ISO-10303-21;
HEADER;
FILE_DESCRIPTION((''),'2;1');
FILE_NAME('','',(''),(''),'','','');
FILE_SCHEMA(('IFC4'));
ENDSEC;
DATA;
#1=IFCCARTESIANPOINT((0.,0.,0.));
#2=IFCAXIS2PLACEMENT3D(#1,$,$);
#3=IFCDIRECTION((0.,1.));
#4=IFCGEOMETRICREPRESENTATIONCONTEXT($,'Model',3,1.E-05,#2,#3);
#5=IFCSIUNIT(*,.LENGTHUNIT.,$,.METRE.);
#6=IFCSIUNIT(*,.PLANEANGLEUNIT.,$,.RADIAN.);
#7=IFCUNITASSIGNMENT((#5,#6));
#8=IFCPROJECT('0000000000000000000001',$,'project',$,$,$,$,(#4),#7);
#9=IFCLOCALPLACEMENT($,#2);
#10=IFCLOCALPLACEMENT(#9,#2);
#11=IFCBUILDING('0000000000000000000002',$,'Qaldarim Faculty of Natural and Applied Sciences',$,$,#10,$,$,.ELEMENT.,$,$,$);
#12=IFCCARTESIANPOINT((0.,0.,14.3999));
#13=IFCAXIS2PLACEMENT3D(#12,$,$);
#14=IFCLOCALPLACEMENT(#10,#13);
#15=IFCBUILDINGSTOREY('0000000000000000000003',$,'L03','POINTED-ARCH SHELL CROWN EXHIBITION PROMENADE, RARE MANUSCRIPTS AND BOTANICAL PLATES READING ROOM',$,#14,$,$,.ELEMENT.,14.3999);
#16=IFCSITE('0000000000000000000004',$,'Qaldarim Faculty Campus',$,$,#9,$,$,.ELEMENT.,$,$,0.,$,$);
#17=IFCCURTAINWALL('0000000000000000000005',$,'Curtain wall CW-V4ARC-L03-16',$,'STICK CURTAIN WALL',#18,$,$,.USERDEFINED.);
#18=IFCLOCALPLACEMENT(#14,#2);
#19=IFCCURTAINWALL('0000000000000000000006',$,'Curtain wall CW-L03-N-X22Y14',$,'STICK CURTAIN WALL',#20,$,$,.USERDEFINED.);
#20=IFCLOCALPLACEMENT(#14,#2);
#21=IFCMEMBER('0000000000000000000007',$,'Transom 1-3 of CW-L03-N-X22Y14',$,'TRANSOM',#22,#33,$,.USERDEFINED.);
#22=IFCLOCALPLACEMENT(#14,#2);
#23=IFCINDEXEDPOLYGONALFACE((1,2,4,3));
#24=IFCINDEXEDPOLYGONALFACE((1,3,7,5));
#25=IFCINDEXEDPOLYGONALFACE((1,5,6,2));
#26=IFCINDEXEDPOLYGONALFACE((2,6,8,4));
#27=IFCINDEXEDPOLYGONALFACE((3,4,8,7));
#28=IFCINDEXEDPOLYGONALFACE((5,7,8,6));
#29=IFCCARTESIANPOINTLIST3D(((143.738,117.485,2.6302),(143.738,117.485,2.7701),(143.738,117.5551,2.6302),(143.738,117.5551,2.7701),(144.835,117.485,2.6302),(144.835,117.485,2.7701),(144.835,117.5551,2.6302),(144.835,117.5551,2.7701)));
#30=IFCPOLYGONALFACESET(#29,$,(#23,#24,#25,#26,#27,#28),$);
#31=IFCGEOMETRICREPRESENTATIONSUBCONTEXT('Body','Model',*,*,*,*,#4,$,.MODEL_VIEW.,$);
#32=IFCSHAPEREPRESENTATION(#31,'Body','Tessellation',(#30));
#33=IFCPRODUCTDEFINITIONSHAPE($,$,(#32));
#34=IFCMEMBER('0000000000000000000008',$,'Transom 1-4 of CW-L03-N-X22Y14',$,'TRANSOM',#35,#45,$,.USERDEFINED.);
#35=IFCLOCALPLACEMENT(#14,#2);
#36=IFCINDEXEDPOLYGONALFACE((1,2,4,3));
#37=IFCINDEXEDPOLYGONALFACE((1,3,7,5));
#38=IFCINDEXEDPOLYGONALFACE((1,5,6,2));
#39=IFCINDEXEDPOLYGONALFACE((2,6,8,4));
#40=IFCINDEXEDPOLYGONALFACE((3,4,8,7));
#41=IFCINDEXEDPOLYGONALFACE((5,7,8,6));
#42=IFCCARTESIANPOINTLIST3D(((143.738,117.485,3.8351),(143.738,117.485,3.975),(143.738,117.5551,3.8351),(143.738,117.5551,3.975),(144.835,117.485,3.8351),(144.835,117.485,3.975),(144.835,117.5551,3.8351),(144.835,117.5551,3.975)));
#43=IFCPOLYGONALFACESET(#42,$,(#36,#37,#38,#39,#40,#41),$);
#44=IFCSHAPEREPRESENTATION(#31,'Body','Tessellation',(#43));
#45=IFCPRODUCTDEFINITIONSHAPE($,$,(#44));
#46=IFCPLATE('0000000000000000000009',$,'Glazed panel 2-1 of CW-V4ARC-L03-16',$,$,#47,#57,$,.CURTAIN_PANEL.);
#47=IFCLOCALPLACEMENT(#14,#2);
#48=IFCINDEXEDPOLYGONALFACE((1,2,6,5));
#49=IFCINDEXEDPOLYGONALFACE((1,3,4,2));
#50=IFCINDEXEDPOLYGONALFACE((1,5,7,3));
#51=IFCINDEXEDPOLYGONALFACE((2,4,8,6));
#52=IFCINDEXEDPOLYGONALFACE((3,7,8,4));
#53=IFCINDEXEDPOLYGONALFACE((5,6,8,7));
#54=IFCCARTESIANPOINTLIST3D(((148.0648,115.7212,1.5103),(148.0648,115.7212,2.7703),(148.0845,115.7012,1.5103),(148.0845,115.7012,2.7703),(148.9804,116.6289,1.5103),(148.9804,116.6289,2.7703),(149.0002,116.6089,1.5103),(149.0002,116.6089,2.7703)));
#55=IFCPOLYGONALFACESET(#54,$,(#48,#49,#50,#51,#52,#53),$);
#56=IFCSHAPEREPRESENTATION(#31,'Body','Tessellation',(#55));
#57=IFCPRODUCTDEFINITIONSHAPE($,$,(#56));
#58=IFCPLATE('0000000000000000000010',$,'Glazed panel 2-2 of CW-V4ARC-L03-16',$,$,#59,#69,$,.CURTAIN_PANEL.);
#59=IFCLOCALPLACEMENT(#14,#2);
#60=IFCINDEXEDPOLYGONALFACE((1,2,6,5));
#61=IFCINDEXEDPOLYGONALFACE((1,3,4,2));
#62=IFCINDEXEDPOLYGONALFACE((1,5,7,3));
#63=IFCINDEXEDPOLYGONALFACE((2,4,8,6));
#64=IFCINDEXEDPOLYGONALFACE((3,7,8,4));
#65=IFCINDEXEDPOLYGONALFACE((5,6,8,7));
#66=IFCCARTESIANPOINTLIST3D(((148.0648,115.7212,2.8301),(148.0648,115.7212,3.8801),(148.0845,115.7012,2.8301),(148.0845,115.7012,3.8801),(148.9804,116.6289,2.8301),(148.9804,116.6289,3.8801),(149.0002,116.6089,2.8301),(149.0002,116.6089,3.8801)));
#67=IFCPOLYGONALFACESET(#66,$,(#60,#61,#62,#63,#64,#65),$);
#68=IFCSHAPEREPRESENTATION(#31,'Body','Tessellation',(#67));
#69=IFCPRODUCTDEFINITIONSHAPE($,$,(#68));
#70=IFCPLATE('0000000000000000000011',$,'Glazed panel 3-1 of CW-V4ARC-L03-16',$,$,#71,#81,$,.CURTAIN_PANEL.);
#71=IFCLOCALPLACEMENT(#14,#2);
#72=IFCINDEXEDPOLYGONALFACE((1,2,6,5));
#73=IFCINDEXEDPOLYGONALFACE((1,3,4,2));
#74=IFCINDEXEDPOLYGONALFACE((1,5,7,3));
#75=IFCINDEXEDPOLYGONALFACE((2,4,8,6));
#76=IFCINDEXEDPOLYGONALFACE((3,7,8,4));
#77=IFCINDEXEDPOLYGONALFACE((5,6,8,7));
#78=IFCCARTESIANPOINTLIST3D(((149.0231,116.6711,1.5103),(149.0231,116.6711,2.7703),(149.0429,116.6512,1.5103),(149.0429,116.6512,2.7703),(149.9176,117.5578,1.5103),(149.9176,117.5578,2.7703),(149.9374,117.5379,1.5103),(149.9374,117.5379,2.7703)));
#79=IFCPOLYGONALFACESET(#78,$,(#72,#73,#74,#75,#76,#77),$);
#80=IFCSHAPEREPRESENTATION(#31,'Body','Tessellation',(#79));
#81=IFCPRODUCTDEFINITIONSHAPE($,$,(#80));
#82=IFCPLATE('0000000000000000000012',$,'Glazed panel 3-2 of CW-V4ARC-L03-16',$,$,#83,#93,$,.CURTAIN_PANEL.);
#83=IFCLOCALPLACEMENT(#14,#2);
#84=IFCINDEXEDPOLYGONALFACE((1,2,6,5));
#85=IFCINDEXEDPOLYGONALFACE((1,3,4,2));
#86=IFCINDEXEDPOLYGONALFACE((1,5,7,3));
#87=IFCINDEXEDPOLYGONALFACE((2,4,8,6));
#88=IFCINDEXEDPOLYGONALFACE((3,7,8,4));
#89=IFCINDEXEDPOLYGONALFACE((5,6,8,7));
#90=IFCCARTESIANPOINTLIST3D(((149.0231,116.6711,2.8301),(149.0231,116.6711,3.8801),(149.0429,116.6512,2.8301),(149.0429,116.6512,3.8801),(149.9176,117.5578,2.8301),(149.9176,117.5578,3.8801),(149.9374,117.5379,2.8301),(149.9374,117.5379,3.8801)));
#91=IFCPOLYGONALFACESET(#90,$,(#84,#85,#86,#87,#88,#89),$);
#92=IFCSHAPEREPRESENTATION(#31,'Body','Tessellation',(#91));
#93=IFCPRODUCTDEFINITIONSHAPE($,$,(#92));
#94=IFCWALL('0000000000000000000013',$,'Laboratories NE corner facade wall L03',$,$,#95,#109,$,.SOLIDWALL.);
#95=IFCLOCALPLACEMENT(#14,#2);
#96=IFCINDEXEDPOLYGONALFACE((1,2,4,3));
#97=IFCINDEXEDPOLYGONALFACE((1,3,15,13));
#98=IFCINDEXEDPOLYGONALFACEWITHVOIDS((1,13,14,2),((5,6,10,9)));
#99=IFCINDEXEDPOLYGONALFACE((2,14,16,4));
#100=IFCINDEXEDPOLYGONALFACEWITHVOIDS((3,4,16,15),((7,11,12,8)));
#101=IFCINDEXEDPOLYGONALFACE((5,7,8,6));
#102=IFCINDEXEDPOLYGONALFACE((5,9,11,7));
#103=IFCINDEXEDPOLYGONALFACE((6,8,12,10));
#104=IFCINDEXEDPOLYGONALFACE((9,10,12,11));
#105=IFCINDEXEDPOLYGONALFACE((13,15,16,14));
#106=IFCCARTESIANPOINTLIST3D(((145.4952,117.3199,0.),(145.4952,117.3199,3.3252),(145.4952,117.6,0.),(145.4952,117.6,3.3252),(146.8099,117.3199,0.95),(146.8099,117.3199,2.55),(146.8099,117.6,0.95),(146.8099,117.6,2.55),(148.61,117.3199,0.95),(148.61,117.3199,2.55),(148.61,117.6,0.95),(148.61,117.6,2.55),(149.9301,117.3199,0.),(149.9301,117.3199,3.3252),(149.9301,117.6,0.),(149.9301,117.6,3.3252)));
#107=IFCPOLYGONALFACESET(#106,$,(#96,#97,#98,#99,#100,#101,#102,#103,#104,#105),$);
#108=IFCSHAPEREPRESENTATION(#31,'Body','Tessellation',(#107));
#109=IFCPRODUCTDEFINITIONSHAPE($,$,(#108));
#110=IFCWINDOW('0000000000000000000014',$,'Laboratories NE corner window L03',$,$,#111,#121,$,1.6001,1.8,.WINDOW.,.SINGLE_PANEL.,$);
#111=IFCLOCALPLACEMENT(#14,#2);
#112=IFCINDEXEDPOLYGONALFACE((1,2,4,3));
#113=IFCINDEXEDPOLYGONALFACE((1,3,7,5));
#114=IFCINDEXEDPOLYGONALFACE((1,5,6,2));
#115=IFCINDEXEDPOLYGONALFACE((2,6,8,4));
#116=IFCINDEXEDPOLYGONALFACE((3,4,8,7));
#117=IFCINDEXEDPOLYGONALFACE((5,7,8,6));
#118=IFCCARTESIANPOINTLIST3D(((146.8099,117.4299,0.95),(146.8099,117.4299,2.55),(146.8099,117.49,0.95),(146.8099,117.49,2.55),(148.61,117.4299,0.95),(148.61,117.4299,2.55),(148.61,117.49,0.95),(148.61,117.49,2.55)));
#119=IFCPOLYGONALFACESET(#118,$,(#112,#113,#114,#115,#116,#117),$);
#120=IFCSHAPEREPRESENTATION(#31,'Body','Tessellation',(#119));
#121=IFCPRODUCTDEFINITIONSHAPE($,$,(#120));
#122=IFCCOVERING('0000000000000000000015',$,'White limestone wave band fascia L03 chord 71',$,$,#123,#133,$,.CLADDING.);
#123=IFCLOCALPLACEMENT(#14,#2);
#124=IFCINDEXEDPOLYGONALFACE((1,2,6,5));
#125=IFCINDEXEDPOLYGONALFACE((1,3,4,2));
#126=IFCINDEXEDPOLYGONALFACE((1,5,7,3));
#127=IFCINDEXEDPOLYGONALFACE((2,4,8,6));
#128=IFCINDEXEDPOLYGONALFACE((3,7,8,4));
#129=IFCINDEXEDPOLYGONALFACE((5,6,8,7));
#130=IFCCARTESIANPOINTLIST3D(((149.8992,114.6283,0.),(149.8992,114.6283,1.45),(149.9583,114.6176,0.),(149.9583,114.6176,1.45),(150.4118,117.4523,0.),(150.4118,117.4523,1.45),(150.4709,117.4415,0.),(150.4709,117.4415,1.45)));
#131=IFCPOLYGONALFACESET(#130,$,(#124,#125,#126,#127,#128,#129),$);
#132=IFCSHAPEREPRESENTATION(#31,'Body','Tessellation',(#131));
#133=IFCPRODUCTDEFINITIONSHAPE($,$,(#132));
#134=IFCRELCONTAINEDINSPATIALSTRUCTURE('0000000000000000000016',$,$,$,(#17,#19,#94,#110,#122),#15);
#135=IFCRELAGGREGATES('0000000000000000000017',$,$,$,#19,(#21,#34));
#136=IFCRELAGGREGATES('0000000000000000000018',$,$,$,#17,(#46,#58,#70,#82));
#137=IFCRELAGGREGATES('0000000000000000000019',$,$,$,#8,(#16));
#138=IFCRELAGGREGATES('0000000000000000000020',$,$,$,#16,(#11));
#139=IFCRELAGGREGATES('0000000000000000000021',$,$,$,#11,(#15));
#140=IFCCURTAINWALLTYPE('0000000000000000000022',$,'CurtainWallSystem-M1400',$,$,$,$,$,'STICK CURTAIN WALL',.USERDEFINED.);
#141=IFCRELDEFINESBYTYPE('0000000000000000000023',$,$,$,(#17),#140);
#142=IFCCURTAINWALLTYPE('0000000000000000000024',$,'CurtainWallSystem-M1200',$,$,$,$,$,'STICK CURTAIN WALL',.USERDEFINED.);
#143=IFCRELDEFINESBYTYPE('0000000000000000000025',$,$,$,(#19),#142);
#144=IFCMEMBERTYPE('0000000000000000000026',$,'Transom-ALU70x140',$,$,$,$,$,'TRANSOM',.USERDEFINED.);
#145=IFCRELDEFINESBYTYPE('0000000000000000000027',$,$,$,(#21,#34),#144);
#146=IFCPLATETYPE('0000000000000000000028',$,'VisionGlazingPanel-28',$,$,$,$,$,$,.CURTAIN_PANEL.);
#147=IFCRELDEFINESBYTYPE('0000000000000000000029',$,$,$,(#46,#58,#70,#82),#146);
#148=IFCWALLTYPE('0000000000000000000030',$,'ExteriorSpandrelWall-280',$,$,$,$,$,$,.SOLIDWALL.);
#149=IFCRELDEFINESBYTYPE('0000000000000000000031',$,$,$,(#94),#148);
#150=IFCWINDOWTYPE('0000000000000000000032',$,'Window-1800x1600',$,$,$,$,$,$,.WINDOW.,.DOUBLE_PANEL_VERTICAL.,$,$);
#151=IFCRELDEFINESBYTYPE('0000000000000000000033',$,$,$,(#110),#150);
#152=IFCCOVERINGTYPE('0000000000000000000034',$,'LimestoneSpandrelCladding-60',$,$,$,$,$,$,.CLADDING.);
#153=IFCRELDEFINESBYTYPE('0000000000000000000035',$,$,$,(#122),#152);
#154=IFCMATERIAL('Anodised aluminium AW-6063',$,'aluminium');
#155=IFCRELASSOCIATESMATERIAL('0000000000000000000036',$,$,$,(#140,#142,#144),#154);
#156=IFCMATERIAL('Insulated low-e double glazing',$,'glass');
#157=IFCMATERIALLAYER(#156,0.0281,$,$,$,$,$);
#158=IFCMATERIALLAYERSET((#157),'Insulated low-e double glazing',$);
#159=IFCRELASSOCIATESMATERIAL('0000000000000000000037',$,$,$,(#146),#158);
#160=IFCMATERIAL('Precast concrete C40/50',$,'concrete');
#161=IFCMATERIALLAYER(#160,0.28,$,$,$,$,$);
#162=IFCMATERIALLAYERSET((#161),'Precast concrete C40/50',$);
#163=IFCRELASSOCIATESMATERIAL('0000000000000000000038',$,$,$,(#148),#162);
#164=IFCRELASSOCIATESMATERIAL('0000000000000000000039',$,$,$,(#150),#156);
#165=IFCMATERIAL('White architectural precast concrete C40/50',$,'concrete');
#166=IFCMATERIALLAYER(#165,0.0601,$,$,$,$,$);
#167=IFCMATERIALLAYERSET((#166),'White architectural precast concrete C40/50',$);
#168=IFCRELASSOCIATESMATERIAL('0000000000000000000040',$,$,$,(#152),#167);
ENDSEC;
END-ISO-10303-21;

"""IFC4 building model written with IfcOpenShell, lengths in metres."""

from ifc_helpers import new_model, si_unit, direction, frame, frame_2d, origin, origin_2d, place, context, subcontext, project, spatial, rectangle, extrude, material, layer, layer_set, material_profile, profile_set, type_object, element, fill, aggregate, save


model = new_model("IFC4")

# Units and contexts
model_context = context("Model", 3, precision=1e-05, world=origin(), true_north=direction((0.0, 1.0)))
body_context = subcontext(model_context, "Body", "Model", "MODEL_VIEW")
ifc_project = project(units=[si_unit("LENGTHUNIT", "METRE"), si_unit("PLANEANGLEUNIT", "RADIAN")], contexts=[model_context])

# Site, building, storey
site_placement = place(None, origin())
site = spatial("IfcSite", under=ifc_project, at=site_placement, Name="Qaldarim Faculty Campus", CompositionType="ELEMENT", RefElevation=0.0)
building_placement = place(site_placement, origin())
building = spatial("IfcBuilding", under=site, at=building_placement, Name="Qaldarim Faculty of Natural and Applied Sciences", CompositionType="ELEMENT")
storey_placement = place(building_placement, frame((0.0, 0.0, 14.3999)))
storey = spatial("IfcBuildingStorey", under=building, at=storey_placement, Name="L03", Description="POINTED-ARCH SHELL CROWN EXHIBITION PROMENADE, RARE MANUSCRIPTS AND BOTANICAL PLATES READING ROOM", CompositionType="ELEMENT", Elevation=14.3999)

# Curtain wall
ifc_material_1 = material(Name="Anodised aluminium AW-6063", Category="aluminium")
curtain_wall_type_1 = type_object("IfcCurtainWallType", Name="CurtainWallSystem-M1400", ElementType="STICK CURTAIN WALL", PredefinedType="USERDEFINED", material=ifc_material_1)
curtain_wall_1_placement = place(storey_placement, origin())
curtain_wall_1 = element("IfcCurtainWall", 1, at=curtain_wall_1_placement, inside=storey, type_object=curtain_wall_type_1, Name="Curtain wall CW-V4ARC-L03-16", ObjectType="STICK CURTAIN WALL", PredefinedType="USERDEFINED")

# Curtain wall
curtain_wall_type_2 = type_object("IfcCurtainWallType", Name="CurtainWallSystem-M1200", ElementType="STICK CURTAIN WALL", PredefinedType="USERDEFINED", material=ifc_material_1)
curtain_wall_2_placement = place(storey_placement, origin())
curtain_wall_2 = element("IfcCurtainWall", 2, at=curtain_wall_2_placement, inside=storey, type_object=curtain_wall_type_2, Name="Curtain wall CW-L03-N-X22Y14", ObjectType="STICK CURTAIN WALL", PredefinedType="USERDEFINED")

# Shared definitions
ifc_material_2 = material(Name="Precast concrete C40/50", Category="concrete")

# Members
ifc_material_profile_1 = material_profile(ifc_material_1, rectangle(XDim=0.0701, YDim=0.1399, at=origin_2d()), Name="ALU-T70x140")
ifc_profile_set_1 = profile_set([ifc_material_profile_1], Name="Anodised aluminium AW-6063")
member_type_1 = type_object("IfcMemberType", Name="Transom-ALU70x140", ElementType="TRANSOM", PredefinedType="USERDEFINED", material=ifc_profile_set_1)
member_1_placement = place(storey_placement, frame((144.835, 117.52, 2.7002), z_axis=(-1.0, 0.0, 0.0), x_axis=(0.0, -1.0, 0.0)))
member_1 = element("IfcMember", 3, at=member_1_placement, type_object=member_type_1, Name="Transom 1-3 of CW-L03-N-X22Y14", ObjectType="TRANSOM", PredefinedType="USERDEFINED", context=body_context, shape_type="SweptSolid", body=[
    extrude(rectangle(XDim=0.0701, YDim=0.1399, at=origin_2d()), origin(), (0.0, 0.0, 1.0), 1.0969),
])
member_2_placement = place(storey_placement, frame((144.835, 117.52, 3.905), z_axis=(-1.0, 0.0, 0.0), x_axis=(0.0, -1.0, 0.0)))
member_2 = element("IfcMember", 4, at=member_2_placement, type_object=member_type_1, Name="Transom 1-4 of CW-L03-N-X22Y14", ObjectType="TRANSOM", PredefinedType="USERDEFINED", context=body_context, shape_type="SweptSolid", body=[
    extrude(rectangle(XDim=0.0701, YDim=0.1399, at=origin_2d()), origin(), (0.0, 0.0, 1.0), 1.0969),
])
aggregate(curtain_wall_2, [member_1, member_2])

# Plates
ifc_material_3 = material(Name="Insulated low-e double glazing", Category="glass")
ifc_layer_1 = layer(ifc_material_3, 0.0281)
ifc_layer_set_1 = layer_set([ifc_layer_1], Name="Insulated low-e double glazing")
plate_type = type_object("IfcPlateType", Name="VisionGlazingPanel-28", PredefinedType="CURTAIN_PANEL", material=ifc_layer_set_1)
plate_1_placement = place(storey_placement, frame((148.5325, 116.165, 1.5103), z_axis=(0.0, 0.0, 1.0), x_axis=(0.710185, 0.704015, 0.0)))
plate_1 = element("IfcPlate", 5, at=plate_1_placement, type_object=plate_type, Name="Glazed panel 2-1 of CW-V4ARC-L03-16", PredefinedType="CURTAIN_PANEL", context=body_context, shape_type="SweptSolid", body=[
    extrude(rectangle(XDim=1.2893, YDim=0.0281, at=origin_2d()), origin(), (0.0, 0.0, 1.0), 1.26),
])
plate_2_placement = place(storey_placement, frame((148.5325, 116.165, 2.8301), z_axis=(0.0, 0.0, 1.0), x_axis=(0.710185, 0.704015, 0.0)))
plate_2 = element("IfcPlate", 6, at=plate_2_placement, type_object=plate_type, Name="Glazed panel 2-2 of CW-V4ARC-L03-16", PredefinedType="CURTAIN_PANEL", context=body_context, shape_type="SweptSolid", body=[
    extrude(rectangle(XDim=1.2893, YDim=0.0281, at=origin_2d()), origin(), (0.0, 0.0, 1.0), 1.05),
])
plate_3_placement = place(storey_placement, frame((149.4802, 117.1045, 1.5103), z_axis=(0.0, 0.0, 1.0), x_axis=(0.710185, 0.704015, 0.0)))
plate_3 = element("IfcPlate", 7, at=plate_3_placement, type_object=plate_type, Name="Glazed panel 3-1 of CW-V4ARC-L03-16", PredefinedType="CURTAIN_PANEL", context=body_context, shape_type="SweptSolid", body=[
    extrude(rectangle(XDim=1.2595, YDim=0.0281, at=origin_2d()), origin(), (0.0, 0.0, 1.0), 1.26),
])
plate_4_placement = place(storey_placement, frame((149.4802, 117.1045, 2.8301), z_axis=(0.0, 0.0, 1.0), x_axis=(0.710185, 0.704015, 0.0)))
plate_4 = element("IfcPlate", 8, at=plate_4_placement, type_object=plate_type, Name="Glazed panel 3-2 of CW-V4ARC-L03-16", PredefinedType="CURTAIN_PANEL", context=body_context, shape_type="SweptSolid", body=[
    extrude(rectangle(XDim=1.2595, YDim=0.0281, at=origin_2d()), origin(), (0.0, 0.0, 1.0), 1.05),
])
aggregate(curtain_wall_1, [plate_1, plate_2, plate_3, plate_4])

# Wall, opening, window
ifc_layer_2 = layer(ifc_material_2, 0.28)
ifc_layer_set_2 = layer_set([ifc_layer_2], Name="Precast concrete C40/50")
wall_type = type_object("IfcWallType", Name="ExteriorSpandrelWall-280", PredefinedType="SOLIDWALL", material=ifc_layer_set_2)
wall_placement = place(storey_placement, frame((149.9299, 117.46, 0.0), z_axis=(0.0, 0.0, 1.0), x_axis=(-1.0, 0.0, 0.0)))
wall = element("IfcWall", 9, at=wall_placement, inside=storey, type_object=wall_type, Name="Laboratories NE corner facade wall L03", PredefinedType="SOLIDWALL", context=body_context, shape_type="SweptSolid", body=[
    extrude(rectangle(XDim=4.4348, YDim=0.28, at=frame_2d((2.2173, 0.0))), origin(), (0.0, 0.0, 1.0), 3.3252),
])
opening_placement = place(wall_placement, frame((1.3201, 0.0, 0.95)))
opening = element("IfcOpeningElement", 10, at=opening_placement, cuts=wall, PredefinedType="OPENING", context=body_context, shape_type="SweptSolid", body=[
    extrude(rectangle(XDim=1.8, YDim=1.6001, at=frame_2d((0.8999, 0.8))), frame((0.0, 0.1499, 0.0), z_axis=(0.0, -1.0, 0.0), x_axis=(1.0, 0.0, 0.0)), (0.0, 0.0, 1.0), 0.3),
])
window_type = type_object("IfcWindowType", Name="Window-1800x1600", PartitioningType="DOUBLE_PANEL_VERTICAL", PredefinedType="WINDOW", material=ifc_material_3)
window_placement = place(opening_placement, origin())
window = element("IfcWindow", 11, at=window_placement, inside=storey, type_object=window_type, Name="Laboratories NE corner window L03", OverallHeight=1.6001, OverallWidth=1.8, PartitioningType="SINGLE_PANEL", PredefinedType="WINDOW", context=body_context, shape_type="SweptSolid", body=[
    extrude(rectangle(XDim=1.8, YDim=1.6001, at=frame_2d((0.8999, 0.8))), frame((0.0, 0.03, 0.0), z_axis=(0.0, -1.0, 0.0), x_axis=(1.0, 0.0, 0.0)), (0.0, 0.0, 1.0), 0.0601),
])
fill(opening, window)

# Covering
ifc_material_4 = material(Name="White architectural precast concrete C40/50", Category="concrete")
ifc_layer_3 = layer(ifc_material_4, 0.0601)
ifc_layer_set_3 = layer_set([ifc_layer_3], Name="White architectural precast concrete C40/50")
covering_type = type_object("IfcCoveringType", Name="LimestoneSpandrelCladding-60", PredefinedType="CLADDING", material=ifc_layer_set_3)
covering_placement = place(storey_placement, frame((150.1851, 116.0349, 0.0), z_axis=(0.0, 0.0, 1.0), x_axis=(0.178579, 0.983926, 0.0)))
element("IfcCovering", 12, at=covering_placement, inside=storey, type_object=covering_type, Name="White limestone wave band fascia L03 chord 71", PredefinedType="CLADDING", context=body_context, shape_type="SweptSolid", body=[
    extrude(rectangle(XDim=2.8701, YDim=0.0601, at=origin_2d()), origin(), (0.0, 0.0, 1.0), 1.45),
])

save(model, "model.ifc")
